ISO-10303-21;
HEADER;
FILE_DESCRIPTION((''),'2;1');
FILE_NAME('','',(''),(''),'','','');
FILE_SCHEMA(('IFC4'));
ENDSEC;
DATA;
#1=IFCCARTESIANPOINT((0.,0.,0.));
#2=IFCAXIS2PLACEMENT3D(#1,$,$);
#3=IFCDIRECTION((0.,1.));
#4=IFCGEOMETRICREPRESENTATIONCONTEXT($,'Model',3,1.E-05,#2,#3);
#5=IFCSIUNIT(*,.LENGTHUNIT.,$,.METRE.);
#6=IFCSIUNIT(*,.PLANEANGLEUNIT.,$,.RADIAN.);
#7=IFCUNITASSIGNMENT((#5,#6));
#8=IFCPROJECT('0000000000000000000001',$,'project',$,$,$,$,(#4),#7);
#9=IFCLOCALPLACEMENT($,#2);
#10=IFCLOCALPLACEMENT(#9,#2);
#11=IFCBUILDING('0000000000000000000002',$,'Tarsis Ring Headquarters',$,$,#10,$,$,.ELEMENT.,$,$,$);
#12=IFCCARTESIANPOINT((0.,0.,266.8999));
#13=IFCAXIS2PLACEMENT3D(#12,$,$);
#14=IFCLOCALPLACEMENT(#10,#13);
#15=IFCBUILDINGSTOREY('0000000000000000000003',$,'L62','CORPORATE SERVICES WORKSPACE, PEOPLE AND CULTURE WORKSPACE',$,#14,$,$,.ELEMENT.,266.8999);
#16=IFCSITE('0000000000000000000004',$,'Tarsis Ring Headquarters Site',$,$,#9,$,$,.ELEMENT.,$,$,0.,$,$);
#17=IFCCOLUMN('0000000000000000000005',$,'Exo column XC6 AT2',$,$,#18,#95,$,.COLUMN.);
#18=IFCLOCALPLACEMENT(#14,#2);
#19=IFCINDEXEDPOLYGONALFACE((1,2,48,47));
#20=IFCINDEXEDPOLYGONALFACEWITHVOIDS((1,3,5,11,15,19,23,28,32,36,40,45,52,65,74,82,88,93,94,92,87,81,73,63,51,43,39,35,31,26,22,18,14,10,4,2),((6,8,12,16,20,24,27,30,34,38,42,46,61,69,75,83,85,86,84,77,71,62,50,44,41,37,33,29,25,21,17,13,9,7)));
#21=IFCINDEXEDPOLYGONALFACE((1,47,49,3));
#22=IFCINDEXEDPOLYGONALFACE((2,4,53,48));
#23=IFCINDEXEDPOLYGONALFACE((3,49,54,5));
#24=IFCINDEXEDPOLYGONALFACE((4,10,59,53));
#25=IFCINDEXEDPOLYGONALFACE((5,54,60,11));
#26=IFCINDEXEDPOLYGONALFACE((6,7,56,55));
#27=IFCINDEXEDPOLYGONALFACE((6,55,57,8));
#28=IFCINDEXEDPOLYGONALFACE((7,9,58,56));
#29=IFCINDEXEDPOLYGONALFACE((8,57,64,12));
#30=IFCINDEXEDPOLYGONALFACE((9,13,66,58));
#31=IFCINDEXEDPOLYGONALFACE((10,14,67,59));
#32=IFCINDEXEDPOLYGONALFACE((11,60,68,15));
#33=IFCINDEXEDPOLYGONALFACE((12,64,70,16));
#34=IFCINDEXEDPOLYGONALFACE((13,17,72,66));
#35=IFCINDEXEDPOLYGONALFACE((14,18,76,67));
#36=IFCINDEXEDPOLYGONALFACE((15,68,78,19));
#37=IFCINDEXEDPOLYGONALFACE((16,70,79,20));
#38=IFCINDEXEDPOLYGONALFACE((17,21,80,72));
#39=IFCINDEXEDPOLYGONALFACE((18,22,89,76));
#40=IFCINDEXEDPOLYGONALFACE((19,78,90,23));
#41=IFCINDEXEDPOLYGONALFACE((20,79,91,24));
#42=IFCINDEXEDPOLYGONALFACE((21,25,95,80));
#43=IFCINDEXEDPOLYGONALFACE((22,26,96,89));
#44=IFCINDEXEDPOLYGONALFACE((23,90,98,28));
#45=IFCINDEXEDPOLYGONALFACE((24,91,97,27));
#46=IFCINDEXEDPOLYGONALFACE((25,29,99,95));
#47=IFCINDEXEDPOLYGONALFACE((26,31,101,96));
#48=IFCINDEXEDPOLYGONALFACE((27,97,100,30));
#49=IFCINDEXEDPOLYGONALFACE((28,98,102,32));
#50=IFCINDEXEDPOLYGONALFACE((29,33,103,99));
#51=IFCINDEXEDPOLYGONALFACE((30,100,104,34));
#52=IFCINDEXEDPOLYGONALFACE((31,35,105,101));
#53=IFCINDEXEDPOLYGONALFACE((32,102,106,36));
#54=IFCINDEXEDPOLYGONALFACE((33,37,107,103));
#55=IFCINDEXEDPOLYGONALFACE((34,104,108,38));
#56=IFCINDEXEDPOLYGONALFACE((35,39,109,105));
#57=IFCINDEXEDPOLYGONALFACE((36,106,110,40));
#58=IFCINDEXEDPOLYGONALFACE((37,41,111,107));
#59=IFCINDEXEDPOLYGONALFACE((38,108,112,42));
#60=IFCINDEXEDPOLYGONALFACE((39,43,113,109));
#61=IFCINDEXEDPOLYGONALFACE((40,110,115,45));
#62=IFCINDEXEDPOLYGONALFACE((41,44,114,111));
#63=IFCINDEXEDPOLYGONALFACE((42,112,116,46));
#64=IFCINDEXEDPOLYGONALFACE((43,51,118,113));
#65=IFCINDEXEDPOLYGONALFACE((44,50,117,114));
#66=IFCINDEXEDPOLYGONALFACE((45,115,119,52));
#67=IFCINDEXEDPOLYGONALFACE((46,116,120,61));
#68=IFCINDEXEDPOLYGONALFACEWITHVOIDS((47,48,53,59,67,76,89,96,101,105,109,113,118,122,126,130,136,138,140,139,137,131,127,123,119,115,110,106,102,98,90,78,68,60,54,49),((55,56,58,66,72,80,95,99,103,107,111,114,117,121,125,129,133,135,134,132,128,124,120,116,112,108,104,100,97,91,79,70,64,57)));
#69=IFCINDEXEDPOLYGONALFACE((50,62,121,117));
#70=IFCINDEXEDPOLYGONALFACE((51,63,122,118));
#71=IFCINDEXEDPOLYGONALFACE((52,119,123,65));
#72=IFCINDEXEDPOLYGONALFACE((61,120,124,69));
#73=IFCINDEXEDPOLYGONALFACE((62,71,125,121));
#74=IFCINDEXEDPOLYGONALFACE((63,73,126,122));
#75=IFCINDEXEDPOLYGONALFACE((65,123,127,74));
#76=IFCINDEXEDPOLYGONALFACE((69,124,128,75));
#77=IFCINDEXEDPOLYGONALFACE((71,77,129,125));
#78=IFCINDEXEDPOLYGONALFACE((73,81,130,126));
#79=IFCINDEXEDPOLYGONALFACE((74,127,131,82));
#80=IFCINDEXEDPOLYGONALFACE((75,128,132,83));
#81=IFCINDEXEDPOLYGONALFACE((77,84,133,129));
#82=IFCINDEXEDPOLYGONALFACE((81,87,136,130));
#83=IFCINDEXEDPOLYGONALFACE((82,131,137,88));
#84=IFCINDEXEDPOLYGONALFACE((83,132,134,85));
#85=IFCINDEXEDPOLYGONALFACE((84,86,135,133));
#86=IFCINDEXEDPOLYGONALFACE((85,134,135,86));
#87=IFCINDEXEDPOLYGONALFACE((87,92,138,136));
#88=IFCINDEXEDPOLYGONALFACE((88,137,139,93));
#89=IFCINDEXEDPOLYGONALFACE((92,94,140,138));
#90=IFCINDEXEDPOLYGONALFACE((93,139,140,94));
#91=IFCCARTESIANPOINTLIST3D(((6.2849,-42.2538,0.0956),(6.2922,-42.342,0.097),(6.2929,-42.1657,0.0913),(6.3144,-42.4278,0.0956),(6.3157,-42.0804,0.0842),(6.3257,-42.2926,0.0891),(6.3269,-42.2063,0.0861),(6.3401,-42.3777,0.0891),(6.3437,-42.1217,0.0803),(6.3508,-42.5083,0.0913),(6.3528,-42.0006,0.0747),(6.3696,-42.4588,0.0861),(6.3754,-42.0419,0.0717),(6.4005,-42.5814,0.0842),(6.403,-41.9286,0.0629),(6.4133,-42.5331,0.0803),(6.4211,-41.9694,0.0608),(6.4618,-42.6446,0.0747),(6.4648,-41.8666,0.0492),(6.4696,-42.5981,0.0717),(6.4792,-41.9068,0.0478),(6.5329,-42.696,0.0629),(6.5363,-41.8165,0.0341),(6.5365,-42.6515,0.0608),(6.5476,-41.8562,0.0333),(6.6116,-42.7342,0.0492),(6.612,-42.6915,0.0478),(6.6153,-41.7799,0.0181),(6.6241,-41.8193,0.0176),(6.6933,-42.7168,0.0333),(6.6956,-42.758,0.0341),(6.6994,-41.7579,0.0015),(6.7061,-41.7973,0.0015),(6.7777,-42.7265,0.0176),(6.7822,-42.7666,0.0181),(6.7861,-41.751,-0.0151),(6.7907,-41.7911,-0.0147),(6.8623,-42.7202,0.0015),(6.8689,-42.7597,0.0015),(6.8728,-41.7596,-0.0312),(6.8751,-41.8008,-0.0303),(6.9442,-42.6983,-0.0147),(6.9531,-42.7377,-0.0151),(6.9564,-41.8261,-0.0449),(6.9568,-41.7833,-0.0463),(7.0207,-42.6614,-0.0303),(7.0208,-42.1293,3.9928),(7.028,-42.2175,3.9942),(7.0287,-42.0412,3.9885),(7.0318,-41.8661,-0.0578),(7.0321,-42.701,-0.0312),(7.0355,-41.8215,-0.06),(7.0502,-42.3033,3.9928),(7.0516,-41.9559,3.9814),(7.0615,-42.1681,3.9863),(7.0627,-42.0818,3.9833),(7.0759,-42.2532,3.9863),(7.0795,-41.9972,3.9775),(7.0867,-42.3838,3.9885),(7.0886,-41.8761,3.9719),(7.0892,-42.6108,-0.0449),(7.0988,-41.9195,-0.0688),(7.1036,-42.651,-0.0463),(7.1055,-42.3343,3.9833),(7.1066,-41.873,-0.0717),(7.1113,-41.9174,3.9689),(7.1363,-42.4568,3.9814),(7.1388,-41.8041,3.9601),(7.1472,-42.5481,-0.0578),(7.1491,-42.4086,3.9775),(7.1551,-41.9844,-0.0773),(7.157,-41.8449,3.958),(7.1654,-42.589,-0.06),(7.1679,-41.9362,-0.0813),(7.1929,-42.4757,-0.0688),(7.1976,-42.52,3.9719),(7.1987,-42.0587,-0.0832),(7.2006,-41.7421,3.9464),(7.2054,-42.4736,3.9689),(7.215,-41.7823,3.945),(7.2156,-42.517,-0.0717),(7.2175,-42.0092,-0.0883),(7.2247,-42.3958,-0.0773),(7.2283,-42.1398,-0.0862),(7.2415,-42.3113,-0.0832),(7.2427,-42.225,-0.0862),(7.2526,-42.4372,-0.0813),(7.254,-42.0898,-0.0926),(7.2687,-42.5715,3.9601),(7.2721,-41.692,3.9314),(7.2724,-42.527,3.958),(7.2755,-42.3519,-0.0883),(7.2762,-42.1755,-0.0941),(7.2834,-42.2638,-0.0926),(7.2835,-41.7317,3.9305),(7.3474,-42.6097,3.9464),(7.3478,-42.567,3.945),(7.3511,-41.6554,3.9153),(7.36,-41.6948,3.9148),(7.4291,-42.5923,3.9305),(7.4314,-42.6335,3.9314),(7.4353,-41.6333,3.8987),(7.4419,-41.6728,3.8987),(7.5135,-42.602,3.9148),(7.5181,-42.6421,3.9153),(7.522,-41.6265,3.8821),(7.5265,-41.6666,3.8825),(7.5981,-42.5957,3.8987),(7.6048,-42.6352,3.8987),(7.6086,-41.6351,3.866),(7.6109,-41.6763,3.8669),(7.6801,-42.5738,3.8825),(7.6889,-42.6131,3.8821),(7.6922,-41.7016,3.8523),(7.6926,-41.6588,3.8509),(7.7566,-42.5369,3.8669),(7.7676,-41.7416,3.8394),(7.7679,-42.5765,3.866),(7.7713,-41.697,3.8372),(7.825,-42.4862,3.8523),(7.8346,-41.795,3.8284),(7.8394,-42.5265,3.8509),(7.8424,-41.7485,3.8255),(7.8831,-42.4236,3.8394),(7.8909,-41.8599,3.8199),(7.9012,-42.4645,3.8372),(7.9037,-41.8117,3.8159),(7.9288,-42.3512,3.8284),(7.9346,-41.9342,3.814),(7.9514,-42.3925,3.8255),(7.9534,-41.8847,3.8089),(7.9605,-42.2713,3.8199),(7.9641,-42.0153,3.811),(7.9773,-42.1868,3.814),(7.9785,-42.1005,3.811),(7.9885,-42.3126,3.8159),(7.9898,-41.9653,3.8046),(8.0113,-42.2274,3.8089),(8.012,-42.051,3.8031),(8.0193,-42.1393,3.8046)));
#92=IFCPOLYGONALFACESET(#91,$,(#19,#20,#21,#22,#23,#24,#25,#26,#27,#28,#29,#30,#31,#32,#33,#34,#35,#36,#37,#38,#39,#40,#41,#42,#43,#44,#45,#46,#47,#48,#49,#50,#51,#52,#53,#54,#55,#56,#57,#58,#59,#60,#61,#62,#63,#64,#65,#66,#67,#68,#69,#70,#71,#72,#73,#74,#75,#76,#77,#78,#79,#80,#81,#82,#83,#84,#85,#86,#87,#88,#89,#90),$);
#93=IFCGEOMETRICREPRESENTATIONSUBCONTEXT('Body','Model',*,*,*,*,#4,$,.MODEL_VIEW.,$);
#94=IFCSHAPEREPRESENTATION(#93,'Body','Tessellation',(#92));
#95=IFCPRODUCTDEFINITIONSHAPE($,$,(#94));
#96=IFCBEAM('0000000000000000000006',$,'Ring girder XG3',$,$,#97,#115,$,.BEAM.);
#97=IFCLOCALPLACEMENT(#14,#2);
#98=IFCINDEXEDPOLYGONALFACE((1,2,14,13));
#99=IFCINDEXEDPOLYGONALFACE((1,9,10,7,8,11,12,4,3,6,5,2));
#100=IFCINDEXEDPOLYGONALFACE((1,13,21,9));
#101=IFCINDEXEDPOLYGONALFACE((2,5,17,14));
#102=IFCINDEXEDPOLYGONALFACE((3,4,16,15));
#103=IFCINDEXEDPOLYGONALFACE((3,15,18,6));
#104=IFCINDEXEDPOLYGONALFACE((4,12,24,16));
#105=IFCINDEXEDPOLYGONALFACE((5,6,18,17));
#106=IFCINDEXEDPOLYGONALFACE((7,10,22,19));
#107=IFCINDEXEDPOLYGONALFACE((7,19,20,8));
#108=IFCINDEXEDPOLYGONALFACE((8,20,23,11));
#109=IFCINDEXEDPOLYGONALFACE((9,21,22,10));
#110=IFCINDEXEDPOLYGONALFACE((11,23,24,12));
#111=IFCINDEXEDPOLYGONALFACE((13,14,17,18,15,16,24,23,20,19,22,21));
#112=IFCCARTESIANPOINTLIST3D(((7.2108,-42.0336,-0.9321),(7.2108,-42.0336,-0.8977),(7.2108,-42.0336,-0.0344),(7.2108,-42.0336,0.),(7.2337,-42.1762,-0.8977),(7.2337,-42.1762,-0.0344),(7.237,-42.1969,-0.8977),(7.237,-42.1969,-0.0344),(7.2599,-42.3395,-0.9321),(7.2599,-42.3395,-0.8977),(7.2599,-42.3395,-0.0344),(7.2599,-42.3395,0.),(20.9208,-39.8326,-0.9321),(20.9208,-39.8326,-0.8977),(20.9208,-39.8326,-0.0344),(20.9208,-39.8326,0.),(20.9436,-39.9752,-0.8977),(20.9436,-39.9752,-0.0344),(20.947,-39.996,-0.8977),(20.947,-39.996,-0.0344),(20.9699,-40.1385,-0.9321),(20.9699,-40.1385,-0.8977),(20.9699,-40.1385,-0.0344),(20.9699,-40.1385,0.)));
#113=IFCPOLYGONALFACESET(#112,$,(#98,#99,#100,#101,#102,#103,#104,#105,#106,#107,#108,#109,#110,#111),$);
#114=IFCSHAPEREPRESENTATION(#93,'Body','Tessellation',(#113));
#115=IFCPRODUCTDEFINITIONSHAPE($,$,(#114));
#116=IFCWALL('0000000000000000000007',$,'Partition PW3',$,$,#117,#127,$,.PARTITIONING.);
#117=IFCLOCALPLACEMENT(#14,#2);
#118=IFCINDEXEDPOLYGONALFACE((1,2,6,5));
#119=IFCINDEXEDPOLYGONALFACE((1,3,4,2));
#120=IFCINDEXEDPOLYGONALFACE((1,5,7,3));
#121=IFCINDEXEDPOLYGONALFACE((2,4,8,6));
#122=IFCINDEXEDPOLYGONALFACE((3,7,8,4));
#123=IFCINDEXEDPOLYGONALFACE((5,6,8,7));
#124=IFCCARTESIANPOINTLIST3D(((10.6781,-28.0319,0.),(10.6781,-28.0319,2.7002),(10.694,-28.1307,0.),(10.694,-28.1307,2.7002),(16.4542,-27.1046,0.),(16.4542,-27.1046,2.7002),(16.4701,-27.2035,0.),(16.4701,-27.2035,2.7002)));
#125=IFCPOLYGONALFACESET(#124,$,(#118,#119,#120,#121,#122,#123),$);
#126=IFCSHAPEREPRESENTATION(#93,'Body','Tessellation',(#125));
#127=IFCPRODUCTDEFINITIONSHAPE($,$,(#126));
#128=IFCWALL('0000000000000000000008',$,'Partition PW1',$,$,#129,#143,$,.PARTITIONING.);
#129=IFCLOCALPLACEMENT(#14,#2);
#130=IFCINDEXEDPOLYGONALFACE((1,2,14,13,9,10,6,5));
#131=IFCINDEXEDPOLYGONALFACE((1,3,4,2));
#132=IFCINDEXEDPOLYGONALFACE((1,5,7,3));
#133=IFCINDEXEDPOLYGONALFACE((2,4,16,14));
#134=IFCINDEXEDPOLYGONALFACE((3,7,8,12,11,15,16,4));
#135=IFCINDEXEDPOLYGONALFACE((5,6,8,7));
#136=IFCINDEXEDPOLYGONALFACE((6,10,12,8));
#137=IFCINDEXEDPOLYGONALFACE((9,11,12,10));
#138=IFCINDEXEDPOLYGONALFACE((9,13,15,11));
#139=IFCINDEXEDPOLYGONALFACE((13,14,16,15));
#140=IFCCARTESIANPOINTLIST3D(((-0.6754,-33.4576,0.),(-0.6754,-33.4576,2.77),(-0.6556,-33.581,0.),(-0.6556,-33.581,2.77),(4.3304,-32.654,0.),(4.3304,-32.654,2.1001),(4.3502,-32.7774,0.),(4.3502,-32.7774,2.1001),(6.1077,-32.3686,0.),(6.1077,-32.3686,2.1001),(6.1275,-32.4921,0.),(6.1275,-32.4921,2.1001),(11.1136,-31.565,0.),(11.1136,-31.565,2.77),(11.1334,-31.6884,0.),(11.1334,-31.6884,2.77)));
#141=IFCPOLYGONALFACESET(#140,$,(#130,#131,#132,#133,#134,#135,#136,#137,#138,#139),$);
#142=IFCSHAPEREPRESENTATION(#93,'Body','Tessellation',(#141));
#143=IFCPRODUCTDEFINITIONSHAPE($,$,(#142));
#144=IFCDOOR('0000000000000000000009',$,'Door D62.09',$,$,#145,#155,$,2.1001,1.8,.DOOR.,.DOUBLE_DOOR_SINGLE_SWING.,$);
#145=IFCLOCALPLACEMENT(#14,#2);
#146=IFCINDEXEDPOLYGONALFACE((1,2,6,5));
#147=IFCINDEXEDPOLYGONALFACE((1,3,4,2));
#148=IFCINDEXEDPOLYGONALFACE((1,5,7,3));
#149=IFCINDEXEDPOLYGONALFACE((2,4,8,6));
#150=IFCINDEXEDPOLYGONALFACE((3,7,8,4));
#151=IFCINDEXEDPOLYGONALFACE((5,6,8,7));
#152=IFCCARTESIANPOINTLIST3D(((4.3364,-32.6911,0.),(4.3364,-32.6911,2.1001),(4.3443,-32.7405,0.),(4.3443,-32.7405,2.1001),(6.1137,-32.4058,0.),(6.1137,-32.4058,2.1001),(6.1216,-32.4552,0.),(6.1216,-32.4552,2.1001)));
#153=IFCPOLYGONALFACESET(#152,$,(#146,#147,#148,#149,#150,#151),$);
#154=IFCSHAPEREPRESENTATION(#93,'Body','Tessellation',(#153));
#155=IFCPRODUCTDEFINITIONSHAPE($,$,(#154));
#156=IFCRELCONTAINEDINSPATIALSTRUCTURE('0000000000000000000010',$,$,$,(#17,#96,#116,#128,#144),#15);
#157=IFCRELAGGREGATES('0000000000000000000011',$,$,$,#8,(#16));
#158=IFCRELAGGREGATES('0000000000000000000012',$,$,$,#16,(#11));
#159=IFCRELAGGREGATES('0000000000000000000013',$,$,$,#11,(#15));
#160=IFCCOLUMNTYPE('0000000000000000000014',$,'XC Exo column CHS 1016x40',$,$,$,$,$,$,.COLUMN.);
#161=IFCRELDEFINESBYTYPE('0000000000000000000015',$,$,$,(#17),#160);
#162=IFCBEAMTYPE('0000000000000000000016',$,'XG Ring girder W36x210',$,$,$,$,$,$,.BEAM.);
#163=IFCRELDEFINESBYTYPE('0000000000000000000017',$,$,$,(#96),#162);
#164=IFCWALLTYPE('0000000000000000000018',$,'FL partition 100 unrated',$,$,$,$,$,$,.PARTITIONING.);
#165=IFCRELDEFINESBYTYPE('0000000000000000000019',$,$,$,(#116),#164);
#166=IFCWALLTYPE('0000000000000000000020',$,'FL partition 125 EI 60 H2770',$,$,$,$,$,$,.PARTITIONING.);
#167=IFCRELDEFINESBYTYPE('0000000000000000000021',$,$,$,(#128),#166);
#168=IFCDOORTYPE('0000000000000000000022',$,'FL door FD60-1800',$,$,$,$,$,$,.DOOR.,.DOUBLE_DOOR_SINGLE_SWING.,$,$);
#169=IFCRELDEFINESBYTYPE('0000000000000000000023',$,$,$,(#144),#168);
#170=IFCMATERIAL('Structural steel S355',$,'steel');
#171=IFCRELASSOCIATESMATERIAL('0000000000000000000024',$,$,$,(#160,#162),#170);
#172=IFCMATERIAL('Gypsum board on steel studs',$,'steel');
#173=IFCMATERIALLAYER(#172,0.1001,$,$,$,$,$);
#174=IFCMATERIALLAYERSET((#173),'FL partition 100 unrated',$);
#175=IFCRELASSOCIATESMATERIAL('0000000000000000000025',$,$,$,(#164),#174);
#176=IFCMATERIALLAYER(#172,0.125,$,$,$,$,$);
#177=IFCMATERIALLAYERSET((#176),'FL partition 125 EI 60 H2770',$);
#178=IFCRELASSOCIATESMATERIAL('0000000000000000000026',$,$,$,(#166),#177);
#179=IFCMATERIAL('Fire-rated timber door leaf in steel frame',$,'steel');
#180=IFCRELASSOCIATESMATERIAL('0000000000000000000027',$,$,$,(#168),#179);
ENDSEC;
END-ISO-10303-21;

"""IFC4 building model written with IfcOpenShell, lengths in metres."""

from ifc_helpers import new_model, si_unit, direction, frame, frame_2d, origin, origin_2d, place, context, subcontext, project, spatial, rectangle, hollow_circle, i_section, extrude, material, layer, layer_set, material_profile, profile_set, type_object, element, fill, save


model = new_model("IFC4")

# Units and contexts
model_context = context("Model", 3, precision=1e-05, world=origin(), true_north=direction((0.0, 1.0)))
body_context = subcontext(model_context, "Body", "Model", "MODEL_VIEW")
ifc_project = project(units=[si_unit("LENGTHUNIT", "METRE"), si_unit("PLANEANGLEUNIT", "RADIAN")], contexts=[model_context])

# Site, building, storey
site_placement = place(None, origin())
site = spatial("IfcSite", under=ifc_project, at=site_placement, Name="Tarsis Ring Headquarters Site", CompositionType="ELEMENT", RefElevation=0.0)
building_placement = place(site_placement, origin())
building = spatial("IfcBuilding", under=site, at=building_placement, Name="Tarsis Ring Headquarters", CompositionType="ELEMENT")
storey_placement = place(building_placement, frame((0.0, 0.0, 266.8999)))
storey = spatial("IfcBuildingStorey", under=building, at=storey_placement, Name="L62", Description="CORPORATE SERVICES WORKSPACE, PEOPLE AND CULTURE WORKSPACE", CompositionType="ELEMENT", Elevation=266.8999)

# Column
ifc_material_1 = material(Name="Structural steel S355", Category="steel")
ifc_material_profile_1 = material_profile(ifc_material_1, hollow_circle(Radius=0.5081, WallThickness=0.04, at=origin_2d()), Name="CHS 1016x40")
ifc_profile_set_1 = profile_set([ifc_material_profile_1], Name="Structural steel S355")
column_type = type_object("IfcColumnType", Name="XC Exo column CHS 1016x40", PredefinedType="COLUMN", material=ifc_profile_set_1)
column_placement = place(storey_placement, frame((6.7842, -42.2588, 0.0015), z_axis=(0.185442, 0.031379, 0.982154), x_axis=(-0.166839, 0.985984, 0.0)))
element("IfcColumn", 1, at=column_placement, inside=storey, type_object=column_type, Name="Exo column XC6 AT2", PredefinedType="COLUMN", context=body_context, shape_type="SweptSolid", body=[
    extrude(hollow_circle(Radius=0.5081, WallThickness=0.04, at=origin_2d()), origin(), (0.0, 0.0, 1.0), 3.968),
])

# Beam
ifc_material_profile_2 = material_profile(ifc_material_1, i_section(OverallWidth=0.3098, OverallDepth=0.9321, WebThickness=0.021, FlangeThickness=0.0344, at=origin_2d()), Name="W36x210")
ifc_profile_set_2 = profile_set([ifc_material_profile_2], Name="Structural steel S355")
beam_type = type_object("IfcBeamType", Name="XG Ring girder W36x210", PredefinedType="BEAM", material=ifc_profile_set_2)
beam_placement = place(storey_placement, frame((7.2354, -42.1865, -0.4661), z_axis=(0.987358, 0.158505, 0.0), x_axis=(-0.158505, 0.987358, 0.0)))
element("IfcBeam", 2, at=beam_placement, inside=storey, type_object=beam_type, Name="Ring girder XG3", PredefinedType="BEAM", context=body_context, shape_type="SweptSolid", body=[
    extrude(i_section(OverallWidth=0.3098, OverallDepth=0.9321, WebThickness=0.021, FlangeThickness=0.0344, at=origin_2d()), origin(), (0.0, 0.0, 1.0), 13.8855),
])

# Wall
ifc_material_2 = material(Name="Gypsum board on steel studs", Category="steel")
ifc_layer_1 = layer(ifc_material_2, 0.1001)
ifc_layer_set_1 = layer_set([ifc_layer_1], Name="FL partition 100 unrated")
wall_type_1 = type_object("IfcWallType", Name="FL partition 100 unrated", PredefinedType="PARTITIONING", material=ifc_layer_set_1)
wall_1_placement = place(storey_placement, frame((10.686, -28.0813, 0.0), z_axis=(0.0, 0.0, 1.0), x_axis=(0.987359, 0.158502, 0.0)))
element("IfcWall", 3, at=wall_1_placement, inside=storey, type_object=wall_type_1, Name="Partition PW3", PredefinedType="PARTITIONING", context=body_context, shape_type="SweptSolid", body=[
    extrude(rectangle(XDim=5.8501, YDim=0.1001, at=frame_2d((2.925, 0.0))), origin(), (0.0, 0.0, 1.0), 2.7002),
])

# Wall, opening, door
ifc_layer_2 = layer(ifc_material_2, 0.125)
ifc_layer_set_2 = layer_set([ifc_layer_2], Name="FL partition 125 EI 60 H2770")
wall_type_2 = type_object("IfcWallType", Name="FL partition 125 EI 60 H2770", PredefinedType="PARTITIONING", material=ifc_layer_set_2)
wall_2_placement = place(storey_placement, frame((-0.6655, -33.5193, 0.0), z_axis=(0.0, 0.0, 1.0), x_axis=(0.987358, 0.158507, 0.0)))
wall_2 = element("IfcWall", 4, at=wall_2_placement, inside=storey, type_object=wall_type_2, Name="Partition PW1", PredefinedType="PARTITIONING", context=body_context, shape_type="SweptSolid", body=[
    extrude(rectangle(XDim=11.9399, YDim=0.125, at=frame_2d((5.97, 0.0))), origin(), (0.0, 0.0, 1.0), 2.77),
])
opening_1_placement = place(wall_2_placement, frame((5.0701, 0.0, 0.0)))
opening_1 = element("IfcOpeningElement", 5, at=opening_1_placement, cuts=wall_2, PredefinedType="OPENING", context=body_context, shape_type="SweptSolid", body=[
    extrude(rectangle(XDim=1.8, YDim=2.1001, at=frame_2d((0.8999, 1.05))), frame((0.0, 0.0725, 0.0), z_axis=(0.0, -1.0, 0.0), x_axis=(1.0, 0.0, 0.0)), (0.0, 0.0, 1.0), 0.145),
])
ifc_material_3 = material(Name="Fire-rated timber door leaf in steel frame", Category="steel")
door_type_1 = type_object("IfcDoorType", Name="FL door FD60-1800", OperationType="DOUBLE_DOOR_SINGLE_SWING", PredefinedType="DOOR", material=ifc_material_3)
door_1_placement = place(opening_1_placement, origin())
door_1 = element("IfcDoor", 6, at=door_1_placement, inside=storey, type_object=door_type_1, Name="Door D62.09", OperationType="DOUBLE_DOOR_SINGLE_SWING", OverallHeight=2.1001, OverallWidth=1.8, PredefinedType="DOOR", context=body_context, shape_type="SweptSolid", body=[
    extrude(rectangle(XDim=1.8, YDim=2.1001, at=frame_2d((0.8999, 1.05))), frame((0.0, 0.0249, 0.0), z_axis=(0.0, -1.0, 0.0), x_axis=(1.0, 0.0, 0.0)), (0.0, 0.0, 1.0), 0.05),
])
fill(opening_1, door_1)

save(model, "model.ifc")
